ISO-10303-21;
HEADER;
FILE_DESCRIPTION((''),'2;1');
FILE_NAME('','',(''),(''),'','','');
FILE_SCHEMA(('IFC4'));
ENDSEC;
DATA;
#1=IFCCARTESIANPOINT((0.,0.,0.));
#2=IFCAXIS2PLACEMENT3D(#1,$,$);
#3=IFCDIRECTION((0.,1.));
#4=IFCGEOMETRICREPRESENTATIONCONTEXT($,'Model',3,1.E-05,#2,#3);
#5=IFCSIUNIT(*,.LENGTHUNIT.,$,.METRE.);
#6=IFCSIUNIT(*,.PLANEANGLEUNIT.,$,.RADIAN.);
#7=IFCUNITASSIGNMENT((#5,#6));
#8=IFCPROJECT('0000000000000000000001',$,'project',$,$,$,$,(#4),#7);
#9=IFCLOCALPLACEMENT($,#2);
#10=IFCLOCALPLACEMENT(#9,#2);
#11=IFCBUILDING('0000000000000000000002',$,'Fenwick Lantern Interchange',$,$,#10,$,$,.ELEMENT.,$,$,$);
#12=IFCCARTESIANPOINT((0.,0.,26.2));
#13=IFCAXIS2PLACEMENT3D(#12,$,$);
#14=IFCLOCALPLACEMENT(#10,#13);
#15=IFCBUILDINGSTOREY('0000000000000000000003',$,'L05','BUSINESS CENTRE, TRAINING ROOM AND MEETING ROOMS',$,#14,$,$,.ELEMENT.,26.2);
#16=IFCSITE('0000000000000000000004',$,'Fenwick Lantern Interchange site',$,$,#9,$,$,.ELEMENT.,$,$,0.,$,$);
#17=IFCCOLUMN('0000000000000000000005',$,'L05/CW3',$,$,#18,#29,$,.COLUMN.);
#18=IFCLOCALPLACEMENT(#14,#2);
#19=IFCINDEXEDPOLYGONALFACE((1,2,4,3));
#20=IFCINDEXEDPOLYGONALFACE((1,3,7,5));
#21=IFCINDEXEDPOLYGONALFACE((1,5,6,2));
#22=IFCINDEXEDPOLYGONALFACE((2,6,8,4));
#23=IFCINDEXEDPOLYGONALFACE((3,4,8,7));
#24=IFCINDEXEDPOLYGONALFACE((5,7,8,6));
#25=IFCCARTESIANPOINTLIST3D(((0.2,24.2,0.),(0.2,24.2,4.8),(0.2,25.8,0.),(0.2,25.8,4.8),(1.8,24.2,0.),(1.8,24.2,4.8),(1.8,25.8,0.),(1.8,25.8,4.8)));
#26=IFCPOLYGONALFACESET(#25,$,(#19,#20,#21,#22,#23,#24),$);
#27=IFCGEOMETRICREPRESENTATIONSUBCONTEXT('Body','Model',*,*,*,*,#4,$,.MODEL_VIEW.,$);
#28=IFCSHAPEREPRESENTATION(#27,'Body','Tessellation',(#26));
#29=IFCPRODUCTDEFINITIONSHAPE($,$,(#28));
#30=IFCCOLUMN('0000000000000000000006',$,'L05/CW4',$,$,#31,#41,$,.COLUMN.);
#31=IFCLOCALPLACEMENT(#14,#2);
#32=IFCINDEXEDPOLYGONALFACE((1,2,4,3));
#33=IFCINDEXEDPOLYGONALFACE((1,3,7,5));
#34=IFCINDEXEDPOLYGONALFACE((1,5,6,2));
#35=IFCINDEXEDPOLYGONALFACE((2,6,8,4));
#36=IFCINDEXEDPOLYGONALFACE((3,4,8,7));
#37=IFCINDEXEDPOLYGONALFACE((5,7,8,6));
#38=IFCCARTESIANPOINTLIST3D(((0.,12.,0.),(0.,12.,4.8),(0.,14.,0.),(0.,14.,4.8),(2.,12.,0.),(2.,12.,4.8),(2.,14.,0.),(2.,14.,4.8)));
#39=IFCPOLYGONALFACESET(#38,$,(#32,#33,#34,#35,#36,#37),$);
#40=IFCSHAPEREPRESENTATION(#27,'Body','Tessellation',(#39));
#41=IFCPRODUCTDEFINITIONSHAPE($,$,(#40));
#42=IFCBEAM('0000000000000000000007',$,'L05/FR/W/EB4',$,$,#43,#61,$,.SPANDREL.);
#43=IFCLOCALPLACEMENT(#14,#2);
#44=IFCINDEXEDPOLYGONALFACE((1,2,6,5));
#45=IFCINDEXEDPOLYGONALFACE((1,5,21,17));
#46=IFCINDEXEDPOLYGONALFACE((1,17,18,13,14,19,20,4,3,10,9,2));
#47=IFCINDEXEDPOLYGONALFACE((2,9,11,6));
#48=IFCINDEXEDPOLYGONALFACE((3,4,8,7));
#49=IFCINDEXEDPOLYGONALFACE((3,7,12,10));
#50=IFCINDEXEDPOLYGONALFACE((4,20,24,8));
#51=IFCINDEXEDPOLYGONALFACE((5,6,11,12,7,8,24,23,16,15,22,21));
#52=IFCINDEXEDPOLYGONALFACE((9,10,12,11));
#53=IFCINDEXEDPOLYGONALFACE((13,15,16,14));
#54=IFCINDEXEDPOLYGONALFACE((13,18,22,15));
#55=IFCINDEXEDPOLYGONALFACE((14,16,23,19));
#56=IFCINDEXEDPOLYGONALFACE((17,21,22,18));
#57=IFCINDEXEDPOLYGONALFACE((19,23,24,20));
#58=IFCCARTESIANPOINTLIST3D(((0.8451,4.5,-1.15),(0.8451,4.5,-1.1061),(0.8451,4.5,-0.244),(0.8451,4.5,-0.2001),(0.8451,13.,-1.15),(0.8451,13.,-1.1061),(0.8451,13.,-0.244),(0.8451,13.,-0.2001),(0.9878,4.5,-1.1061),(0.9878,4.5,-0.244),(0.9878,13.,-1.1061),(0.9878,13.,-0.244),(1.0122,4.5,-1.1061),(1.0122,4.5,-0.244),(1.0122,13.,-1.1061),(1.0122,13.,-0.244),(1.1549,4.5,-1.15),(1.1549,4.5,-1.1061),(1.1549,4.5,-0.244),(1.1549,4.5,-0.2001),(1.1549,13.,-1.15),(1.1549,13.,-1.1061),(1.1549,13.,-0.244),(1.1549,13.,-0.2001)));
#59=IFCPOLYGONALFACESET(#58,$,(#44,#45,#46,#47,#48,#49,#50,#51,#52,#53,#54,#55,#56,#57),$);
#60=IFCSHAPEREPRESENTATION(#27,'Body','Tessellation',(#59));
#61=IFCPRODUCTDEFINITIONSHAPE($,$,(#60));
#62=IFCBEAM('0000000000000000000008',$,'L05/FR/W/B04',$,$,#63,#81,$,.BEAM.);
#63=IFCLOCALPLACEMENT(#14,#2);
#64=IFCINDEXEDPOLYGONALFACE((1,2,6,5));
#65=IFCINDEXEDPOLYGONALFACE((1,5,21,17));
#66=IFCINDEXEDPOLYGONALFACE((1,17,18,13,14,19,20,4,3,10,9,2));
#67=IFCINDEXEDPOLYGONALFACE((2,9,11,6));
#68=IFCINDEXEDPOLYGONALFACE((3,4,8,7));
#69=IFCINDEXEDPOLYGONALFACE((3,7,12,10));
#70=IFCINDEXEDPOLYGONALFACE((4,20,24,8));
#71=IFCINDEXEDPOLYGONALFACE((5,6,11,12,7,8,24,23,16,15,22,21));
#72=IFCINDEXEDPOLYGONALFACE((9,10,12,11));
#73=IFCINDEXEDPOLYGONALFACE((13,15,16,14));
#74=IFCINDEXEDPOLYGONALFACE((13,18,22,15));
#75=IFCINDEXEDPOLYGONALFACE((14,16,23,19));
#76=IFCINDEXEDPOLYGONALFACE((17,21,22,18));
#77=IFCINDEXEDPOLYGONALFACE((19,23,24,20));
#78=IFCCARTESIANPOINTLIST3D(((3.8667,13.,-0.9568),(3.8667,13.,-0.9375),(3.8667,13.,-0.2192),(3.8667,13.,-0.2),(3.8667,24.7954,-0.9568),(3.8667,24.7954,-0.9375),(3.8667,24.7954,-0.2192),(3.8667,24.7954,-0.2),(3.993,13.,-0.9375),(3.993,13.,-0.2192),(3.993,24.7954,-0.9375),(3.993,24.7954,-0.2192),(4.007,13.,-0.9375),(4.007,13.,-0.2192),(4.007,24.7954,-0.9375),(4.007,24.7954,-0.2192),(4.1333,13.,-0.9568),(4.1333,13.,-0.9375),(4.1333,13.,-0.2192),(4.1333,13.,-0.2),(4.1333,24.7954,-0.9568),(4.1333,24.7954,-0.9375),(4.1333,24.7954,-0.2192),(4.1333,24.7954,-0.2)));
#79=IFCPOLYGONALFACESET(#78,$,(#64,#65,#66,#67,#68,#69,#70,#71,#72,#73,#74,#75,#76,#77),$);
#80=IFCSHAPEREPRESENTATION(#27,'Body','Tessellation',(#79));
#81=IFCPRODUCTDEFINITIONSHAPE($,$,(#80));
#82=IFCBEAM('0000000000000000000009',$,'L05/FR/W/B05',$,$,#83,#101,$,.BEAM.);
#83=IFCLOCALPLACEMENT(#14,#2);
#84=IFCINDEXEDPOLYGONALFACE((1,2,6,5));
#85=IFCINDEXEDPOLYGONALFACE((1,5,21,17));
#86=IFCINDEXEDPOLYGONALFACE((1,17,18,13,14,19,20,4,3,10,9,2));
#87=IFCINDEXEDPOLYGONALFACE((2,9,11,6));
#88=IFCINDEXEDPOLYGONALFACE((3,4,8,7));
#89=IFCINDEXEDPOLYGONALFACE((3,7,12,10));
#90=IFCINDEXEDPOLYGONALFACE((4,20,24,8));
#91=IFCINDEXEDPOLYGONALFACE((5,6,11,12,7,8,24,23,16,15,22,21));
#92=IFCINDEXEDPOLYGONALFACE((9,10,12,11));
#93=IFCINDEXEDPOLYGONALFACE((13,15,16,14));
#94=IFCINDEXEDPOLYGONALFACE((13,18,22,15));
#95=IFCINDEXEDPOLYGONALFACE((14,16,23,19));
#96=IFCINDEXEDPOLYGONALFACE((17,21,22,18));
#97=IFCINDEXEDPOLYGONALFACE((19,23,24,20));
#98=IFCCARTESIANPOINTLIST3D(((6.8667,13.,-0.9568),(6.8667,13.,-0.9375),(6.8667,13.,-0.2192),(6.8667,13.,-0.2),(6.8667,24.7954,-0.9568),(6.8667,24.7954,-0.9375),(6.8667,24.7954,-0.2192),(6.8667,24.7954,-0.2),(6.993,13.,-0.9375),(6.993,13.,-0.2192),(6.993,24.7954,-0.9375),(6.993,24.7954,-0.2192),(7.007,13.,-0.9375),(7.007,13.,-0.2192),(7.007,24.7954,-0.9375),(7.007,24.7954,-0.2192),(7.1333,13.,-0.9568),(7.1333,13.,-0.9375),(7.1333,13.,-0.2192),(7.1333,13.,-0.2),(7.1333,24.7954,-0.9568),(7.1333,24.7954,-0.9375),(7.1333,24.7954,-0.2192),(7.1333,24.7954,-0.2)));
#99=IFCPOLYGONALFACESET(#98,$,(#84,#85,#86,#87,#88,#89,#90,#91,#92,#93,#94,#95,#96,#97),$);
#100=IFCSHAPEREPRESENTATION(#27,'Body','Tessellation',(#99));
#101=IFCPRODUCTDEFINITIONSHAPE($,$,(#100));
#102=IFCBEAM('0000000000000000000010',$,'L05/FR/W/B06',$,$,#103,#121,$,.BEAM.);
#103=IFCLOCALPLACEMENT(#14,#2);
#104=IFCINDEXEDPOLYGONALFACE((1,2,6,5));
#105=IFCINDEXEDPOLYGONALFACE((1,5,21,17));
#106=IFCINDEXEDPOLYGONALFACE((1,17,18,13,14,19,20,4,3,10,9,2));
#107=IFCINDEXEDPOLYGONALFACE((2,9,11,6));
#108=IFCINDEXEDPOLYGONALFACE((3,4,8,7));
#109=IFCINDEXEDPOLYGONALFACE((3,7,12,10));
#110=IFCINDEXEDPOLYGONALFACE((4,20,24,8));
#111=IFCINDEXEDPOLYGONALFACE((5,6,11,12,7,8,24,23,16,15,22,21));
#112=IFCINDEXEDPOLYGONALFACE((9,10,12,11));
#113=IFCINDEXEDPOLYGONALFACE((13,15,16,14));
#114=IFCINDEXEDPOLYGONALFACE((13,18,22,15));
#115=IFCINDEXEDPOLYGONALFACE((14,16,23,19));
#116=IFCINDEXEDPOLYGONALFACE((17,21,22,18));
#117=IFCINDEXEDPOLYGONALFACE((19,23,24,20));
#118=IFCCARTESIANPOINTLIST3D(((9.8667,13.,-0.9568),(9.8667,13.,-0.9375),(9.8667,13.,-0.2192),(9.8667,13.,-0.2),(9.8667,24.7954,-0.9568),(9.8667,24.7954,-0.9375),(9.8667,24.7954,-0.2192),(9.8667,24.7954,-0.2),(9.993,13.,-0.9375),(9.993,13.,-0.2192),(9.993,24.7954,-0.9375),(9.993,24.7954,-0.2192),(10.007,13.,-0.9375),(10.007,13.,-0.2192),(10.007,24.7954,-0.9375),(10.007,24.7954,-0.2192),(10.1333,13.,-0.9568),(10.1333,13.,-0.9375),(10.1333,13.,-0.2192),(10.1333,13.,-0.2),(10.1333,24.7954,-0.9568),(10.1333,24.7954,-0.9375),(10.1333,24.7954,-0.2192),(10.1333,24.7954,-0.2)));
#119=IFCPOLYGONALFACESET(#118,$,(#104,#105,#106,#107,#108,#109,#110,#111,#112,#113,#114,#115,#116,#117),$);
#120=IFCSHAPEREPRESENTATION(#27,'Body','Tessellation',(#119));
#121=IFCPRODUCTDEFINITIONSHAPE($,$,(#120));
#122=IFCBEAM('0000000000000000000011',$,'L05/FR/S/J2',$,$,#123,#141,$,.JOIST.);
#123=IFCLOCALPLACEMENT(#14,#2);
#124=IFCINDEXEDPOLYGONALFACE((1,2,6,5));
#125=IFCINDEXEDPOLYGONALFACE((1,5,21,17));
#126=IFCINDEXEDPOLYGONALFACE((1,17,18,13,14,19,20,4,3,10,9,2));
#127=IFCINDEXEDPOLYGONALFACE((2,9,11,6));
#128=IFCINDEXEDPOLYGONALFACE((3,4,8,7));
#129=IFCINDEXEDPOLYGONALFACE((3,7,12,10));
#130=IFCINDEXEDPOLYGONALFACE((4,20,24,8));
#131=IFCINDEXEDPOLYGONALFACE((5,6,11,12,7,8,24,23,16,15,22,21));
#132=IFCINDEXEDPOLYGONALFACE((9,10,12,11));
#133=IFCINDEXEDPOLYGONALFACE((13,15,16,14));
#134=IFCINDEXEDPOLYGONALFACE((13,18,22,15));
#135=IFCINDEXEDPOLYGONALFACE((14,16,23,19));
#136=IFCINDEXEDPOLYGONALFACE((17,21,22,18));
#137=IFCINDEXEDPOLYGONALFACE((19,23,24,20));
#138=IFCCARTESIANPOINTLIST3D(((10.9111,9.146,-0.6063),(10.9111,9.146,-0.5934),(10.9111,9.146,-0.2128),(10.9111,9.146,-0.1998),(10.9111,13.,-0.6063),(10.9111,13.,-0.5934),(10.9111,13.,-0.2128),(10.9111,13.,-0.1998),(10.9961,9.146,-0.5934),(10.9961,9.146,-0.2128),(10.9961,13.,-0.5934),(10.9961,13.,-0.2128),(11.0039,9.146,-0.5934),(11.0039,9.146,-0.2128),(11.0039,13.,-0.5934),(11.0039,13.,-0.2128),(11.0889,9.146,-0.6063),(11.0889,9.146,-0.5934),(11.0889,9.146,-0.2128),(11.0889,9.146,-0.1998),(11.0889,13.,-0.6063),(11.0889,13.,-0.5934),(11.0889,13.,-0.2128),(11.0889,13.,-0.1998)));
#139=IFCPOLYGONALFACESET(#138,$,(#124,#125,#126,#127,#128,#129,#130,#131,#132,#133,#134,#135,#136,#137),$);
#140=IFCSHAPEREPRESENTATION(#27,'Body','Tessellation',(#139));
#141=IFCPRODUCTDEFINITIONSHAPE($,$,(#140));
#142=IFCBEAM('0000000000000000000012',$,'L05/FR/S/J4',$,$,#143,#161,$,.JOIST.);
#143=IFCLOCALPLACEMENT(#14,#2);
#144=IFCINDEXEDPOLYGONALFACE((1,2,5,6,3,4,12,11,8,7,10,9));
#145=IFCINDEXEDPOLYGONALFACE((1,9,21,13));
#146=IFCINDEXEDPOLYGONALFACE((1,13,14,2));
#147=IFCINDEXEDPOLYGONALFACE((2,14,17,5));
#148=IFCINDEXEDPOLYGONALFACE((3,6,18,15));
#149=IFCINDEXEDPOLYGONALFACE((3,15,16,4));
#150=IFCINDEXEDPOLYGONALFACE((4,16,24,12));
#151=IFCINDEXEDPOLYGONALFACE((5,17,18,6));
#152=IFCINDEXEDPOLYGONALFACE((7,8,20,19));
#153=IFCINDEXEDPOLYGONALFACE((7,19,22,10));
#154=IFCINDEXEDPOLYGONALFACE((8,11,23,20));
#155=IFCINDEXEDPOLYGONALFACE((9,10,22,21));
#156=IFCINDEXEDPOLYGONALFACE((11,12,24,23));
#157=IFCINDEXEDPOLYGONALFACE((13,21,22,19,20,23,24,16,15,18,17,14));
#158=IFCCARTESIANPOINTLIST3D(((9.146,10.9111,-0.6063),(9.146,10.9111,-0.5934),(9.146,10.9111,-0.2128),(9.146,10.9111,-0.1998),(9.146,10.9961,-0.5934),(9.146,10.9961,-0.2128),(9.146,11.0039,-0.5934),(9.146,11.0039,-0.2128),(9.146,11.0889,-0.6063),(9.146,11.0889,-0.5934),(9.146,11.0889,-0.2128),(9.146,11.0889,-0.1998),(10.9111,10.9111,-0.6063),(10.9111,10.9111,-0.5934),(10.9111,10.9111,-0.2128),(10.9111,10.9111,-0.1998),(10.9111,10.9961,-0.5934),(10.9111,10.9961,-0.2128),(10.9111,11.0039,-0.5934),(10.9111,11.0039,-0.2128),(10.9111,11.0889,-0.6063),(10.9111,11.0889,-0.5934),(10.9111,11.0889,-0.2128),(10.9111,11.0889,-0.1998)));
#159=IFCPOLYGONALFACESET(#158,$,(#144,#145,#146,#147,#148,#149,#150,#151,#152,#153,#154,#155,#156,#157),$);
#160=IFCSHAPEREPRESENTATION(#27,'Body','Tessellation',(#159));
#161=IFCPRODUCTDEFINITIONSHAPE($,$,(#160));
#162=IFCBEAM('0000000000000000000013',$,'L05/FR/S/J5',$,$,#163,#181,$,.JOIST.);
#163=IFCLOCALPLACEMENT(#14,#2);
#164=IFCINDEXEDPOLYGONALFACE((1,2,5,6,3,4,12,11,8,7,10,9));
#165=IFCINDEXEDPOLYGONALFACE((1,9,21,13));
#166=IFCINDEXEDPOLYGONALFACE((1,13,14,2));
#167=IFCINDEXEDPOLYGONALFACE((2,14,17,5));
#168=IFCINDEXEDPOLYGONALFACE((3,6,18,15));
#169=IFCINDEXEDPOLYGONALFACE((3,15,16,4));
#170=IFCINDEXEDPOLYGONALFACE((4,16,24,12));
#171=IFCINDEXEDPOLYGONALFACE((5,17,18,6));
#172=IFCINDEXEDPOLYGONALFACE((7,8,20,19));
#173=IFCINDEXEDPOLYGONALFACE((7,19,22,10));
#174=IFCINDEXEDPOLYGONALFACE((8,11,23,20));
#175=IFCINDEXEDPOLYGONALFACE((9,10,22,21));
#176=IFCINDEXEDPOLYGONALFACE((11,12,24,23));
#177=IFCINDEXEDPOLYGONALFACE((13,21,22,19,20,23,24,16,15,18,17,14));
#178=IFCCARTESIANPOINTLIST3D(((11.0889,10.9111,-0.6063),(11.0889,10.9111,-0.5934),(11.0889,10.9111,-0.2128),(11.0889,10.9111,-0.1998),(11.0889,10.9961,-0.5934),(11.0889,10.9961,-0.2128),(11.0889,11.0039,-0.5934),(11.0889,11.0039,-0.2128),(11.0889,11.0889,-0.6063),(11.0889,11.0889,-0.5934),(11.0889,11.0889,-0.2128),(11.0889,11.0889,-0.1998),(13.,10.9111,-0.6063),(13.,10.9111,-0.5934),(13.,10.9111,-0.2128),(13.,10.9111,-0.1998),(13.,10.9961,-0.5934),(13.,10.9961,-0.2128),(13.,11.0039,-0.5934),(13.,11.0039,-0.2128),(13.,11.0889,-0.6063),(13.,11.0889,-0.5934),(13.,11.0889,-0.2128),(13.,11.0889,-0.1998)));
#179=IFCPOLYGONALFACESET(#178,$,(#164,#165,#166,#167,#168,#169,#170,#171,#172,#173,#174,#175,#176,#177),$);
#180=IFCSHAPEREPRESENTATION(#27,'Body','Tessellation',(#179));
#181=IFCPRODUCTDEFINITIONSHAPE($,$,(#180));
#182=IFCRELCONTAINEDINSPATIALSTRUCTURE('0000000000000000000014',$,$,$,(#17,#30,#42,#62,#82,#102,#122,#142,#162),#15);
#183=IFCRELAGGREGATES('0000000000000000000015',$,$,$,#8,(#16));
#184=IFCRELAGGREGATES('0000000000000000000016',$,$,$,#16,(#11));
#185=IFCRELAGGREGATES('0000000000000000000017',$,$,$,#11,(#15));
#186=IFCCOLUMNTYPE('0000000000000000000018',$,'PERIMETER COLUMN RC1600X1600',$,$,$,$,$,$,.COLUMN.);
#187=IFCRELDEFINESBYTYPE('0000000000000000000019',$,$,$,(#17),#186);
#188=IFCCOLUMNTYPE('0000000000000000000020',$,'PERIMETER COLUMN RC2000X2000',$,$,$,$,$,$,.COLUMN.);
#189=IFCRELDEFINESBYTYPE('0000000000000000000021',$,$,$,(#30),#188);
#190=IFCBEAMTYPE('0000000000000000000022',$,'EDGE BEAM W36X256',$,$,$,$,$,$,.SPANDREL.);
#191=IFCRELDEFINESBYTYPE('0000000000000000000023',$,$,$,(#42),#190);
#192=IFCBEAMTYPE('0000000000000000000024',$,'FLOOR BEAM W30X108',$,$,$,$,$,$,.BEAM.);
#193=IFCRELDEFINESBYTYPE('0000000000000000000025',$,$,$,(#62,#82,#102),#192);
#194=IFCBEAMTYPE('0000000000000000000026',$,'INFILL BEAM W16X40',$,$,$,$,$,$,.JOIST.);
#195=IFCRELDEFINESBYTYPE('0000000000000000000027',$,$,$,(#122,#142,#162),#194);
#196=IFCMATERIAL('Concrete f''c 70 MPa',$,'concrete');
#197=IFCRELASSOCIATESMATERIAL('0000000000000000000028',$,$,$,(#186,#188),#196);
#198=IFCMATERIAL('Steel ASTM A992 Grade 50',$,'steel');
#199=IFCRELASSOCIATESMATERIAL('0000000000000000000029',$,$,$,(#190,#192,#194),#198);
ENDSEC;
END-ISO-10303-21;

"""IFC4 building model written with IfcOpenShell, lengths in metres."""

from ifc_helpers import new_model, si_unit, direction, frame, origin, origin_2d, place, context, subcontext, project, spatial, rectangle, i_section, extrude, material, material_profile, profile_set, type_object, element, save


model = new_model("IFC4")

# Units and contexts
model_context = context("Model", 3, precision=1e-05, world=origin(), true_north=direction((0.0, 1.0)))
body_context = subcontext(model_context, "Body", "Model", "MODEL_VIEW")
ifc_project = project(units=[si_unit("LENGTHUNIT", "METRE"), si_unit("PLANEANGLEUNIT", "RADIAN")], contexts=[model_context])

# Site, building, storey
site_placement = place(None, origin())
site = spatial("IfcSite", under=ifc_project, at=site_placement, Name="Fenwick Lantern Interchange site", CompositionType="ELEMENT", RefElevation=0.0)
building_placement = place(site_placement, origin())
building = spatial("IfcBuilding", under=site, at=building_placement, Name="Fenwick Lantern Interchange", CompositionType="ELEMENT")
storey_placement = place(building_placement, frame((0.0, 0.0, 26.2)))
storey = spatial("IfcBuildingStorey", under=building, at=storey_placement, Name="L05", Description="BUSINESS CENTRE, TRAINING ROOM AND MEETING ROOMS", CompositionType="ELEMENT", Elevation=26.2)

# Columns
ifc_material_1 = material(Name="Concrete f'c 70 MPa", Category="concrete")
ifc_material_profile_1 = material_profile(ifc_material_1, rectangle(XDim=1.6001, YDim=1.6001, at=origin_2d()), Name="RC1600X1600")
ifc_profile_set_1 = profile_set([ifc_material_profile_1], Name="Concrete f'c 70 MPa")
column_type_1 = type_object("IfcColumnType", Name="PERIMETER COLUMN RC1600X1600", PredefinedType="COLUMN", material=ifc_profile_set_1)
column_1_placement = place(storey_placement, frame((1.0, 25.0, 0.0), z_axis=(0.0, 0.0, 1.0), x_axis=(1.0, 0.0, 0.0)))
element("IfcColumn", 1, at=column_1_placement, inside=storey, type_object=column_type_1, Name="L05/CW3", PredefinedType="COLUMN", context=body_context, shape_type="SweptSolid", body=[
    extrude(rectangle(XDim=1.6001, YDim=1.6001, at=origin_2d()), origin(), (0.0, 0.0, 1.0), 4.8),
])
ifc_material_profile_2 = material_profile(ifc_material_1, rectangle(XDim=2.0, YDim=2.0, at=origin_2d()), Name="RC2000X2000")
ifc_profile_set_2 = profile_set([ifc_material_profile_2], Name="Concrete f'c 70 MPa")
column_type_2 = type_object("IfcColumnType", Name="PERIMETER COLUMN RC2000X2000", PredefinedType="COLUMN", material=ifc_profile_set_2)
column_2_placement = place(storey_placement, frame((1.0, 13.0, 0.0), z_axis=(0.0, 0.0, 1.0), x_axis=(1.0, 0.0, 0.0)))
element("IfcColumn", 2, at=column_2_placement, inside=storey, type_object=column_type_2, Name="L05/CW4", PredefinedType="COLUMN", context=body_context, shape_type="SweptSolid", body=[
    extrude(rectangle(XDim=2.0, YDim=2.0, at=origin_2d()), origin(), (0.0, 0.0, 1.0), 4.8),
])

# Beams
ifc_material_2 = material(Name="Steel ASTM A992 Grade 50", Category="steel")
ifc_material_profile_3 = material_profile(ifc_material_2, i_section(OverallWidth=0.3098, OverallDepth=0.95, WebThickness=0.0244, FlangeThickness=0.0439, at=origin_2d()), Name="W36X256")
ifc_profile_set_3 = profile_set([ifc_material_profile_3], Name="Steel ASTM A992 Grade 50")
beam_type_1 = type_object("IfcBeamType", Name="EDGE BEAM W36X256", PredefinedType="SPANDREL", material=ifc_profile_set_3)
beam_1_placement = place(storey_placement, frame((1.0, 13.0, -0.675), z_axis=(0.0, -1.0, 0.0), x_axis=(1.0, 0.0, 0.0)))
element("IfcBeam", 3, at=beam_1_placement, inside=storey, type_object=beam_type_1, Name="L05/FR/W/EB4", PredefinedType="SPANDREL", context=body_context, shape_type="SweptSolid", body=[
    extrude(i_section(OverallWidth=0.3098, OverallDepth=0.95, WebThickness=0.0244, FlangeThickness=0.0439, at=origin_2d()), origin(), (0.0, 0.0, 1.0), 8.5),
])
ifc_material_profile_4 = material_profile(ifc_material_2, i_section(OverallWidth=0.2666, OverallDepth=0.7568, WebThickness=0.0139, FlangeThickness=0.0193, at=origin_2d()), Name="W30X108")
ifc_profile_set_4 = profile_set([ifc_material_profile_4], Name="Steel ASTM A992 Grade 50")
beam_type_2 = type_object("IfcBeamType", Name="FLOOR BEAM W30X108", PredefinedType="BEAM", material=ifc_profile_set_4)
for number, where, z_axis, x_axis, name in (
    (4, (4.0, 24.7954, -0.5784), (0.0, -1.0, 0.0), (1.0, 0.0, 0.0), "L05/FR/W/B04"),
    (5, (7.0, 24.7954, -0.5784), (0.0, -1.0, 0.0), (1.0, 0.0, 0.0), "L05/FR/W/B05"),
    (6, (10.0, 24.7954, -0.5784), (0.0, -1.0, 0.0), (1.0, 0.0, 0.0), "L05/FR/W/B06"),
):
    element("IfcBeam", number, at=place(storey_placement, frame(where, z_axis=z_axis, x_axis=x_axis)), inside=storey, type_object=beam_type_2, Name=name, PredefinedType="BEAM", context=body_context, shape_type="SweptSolid", body=[
        extrude(i_section(OverallWidth=0.2666, OverallDepth=0.7568, WebThickness=0.0139, FlangeThickness=0.0193, at=origin_2d()), origin(), (0.0, 0.0, 1.0), 11.7954),
    ])
ifc_material_profile_5 = material_profile(ifc_material_2, i_section(OverallWidth=0.1777, OverallDepth=0.4065, WebThickness=0.0078, FlangeThickness=0.0129, at=origin_2d()), Name="W16X40")
ifc_profile_set_5 = profile_set([ifc_material_profile_5], Name="Steel ASTM A992 Grade 50")
beam_type_3 = type_object("IfcBeamType", Name="INFILL BEAM W16X40", PredefinedType="JOIST", material=ifc_profile_set_5)
beam_2_placement = place(storey_placement, frame((11.0, 9.146, -0.4031), z_axis=(0.0, 1.0, 0.0), x_axis=(-1.0, 0.0, 0.0)))
element("IfcBeam", 7, at=beam_2_placement, inside=storey, type_object=beam_type_3, Name="L05/FR/S/J2", PredefinedType="JOIST", context=body_context, shape_type="SweptSolid", body=[
    extrude(i_section(OverallWidth=0.1777, OverallDepth=0.4065, WebThickness=0.0078, FlangeThickness=0.0129, at=origin_2d()), origin(), (0.0, 0.0, 1.0), 3.854),
])
beam_3_placement = place(storey_placement, frame((9.146, 11.0, -0.4031), z_axis=(1.0, 0.0, 0.0), x_axis=(0.0, 1.0, 0.0)))
element("IfcBeam", 8, at=beam_3_placement, inside=storey, type_object=beam_type_3, Name="L05/FR/S/J4", PredefinedType="JOIST", context=body_context, shape_type="SweptSolid", body=[
    extrude(i_section(OverallWidth=0.1777, OverallDepth=0.4065, WebThickness=0.0078, FlangeThickness=0.0129, at=origin_2d()), origin(), (0.0, 0.0, 1.0), 1.7651),
])
beam_4_placement = place(storey_placement, frame((11.0889, 11.0, -0.4031), z_axis=(1.0, 0.0, 0.0), x_axis=(0.0, 1.0, 0.0)))
element("IfcBeam", 9, at=beam_4_placement, inside=storey, type_object=beam_type_3, Name="L05/FR/S/J5", PredefinedType="JOIST", context=body_context, shape_type="SweptSolid", body=[
    extrude(i_section(OverallWidth=0.1777, OverallDepth=0.4065, WebThickness=0.0078, FlangeThickness=0.0129, at=origin_2d()), origin(), (0.0, 0.0, 1.0), 1.9111),
])

save(model, "model.ifc")
